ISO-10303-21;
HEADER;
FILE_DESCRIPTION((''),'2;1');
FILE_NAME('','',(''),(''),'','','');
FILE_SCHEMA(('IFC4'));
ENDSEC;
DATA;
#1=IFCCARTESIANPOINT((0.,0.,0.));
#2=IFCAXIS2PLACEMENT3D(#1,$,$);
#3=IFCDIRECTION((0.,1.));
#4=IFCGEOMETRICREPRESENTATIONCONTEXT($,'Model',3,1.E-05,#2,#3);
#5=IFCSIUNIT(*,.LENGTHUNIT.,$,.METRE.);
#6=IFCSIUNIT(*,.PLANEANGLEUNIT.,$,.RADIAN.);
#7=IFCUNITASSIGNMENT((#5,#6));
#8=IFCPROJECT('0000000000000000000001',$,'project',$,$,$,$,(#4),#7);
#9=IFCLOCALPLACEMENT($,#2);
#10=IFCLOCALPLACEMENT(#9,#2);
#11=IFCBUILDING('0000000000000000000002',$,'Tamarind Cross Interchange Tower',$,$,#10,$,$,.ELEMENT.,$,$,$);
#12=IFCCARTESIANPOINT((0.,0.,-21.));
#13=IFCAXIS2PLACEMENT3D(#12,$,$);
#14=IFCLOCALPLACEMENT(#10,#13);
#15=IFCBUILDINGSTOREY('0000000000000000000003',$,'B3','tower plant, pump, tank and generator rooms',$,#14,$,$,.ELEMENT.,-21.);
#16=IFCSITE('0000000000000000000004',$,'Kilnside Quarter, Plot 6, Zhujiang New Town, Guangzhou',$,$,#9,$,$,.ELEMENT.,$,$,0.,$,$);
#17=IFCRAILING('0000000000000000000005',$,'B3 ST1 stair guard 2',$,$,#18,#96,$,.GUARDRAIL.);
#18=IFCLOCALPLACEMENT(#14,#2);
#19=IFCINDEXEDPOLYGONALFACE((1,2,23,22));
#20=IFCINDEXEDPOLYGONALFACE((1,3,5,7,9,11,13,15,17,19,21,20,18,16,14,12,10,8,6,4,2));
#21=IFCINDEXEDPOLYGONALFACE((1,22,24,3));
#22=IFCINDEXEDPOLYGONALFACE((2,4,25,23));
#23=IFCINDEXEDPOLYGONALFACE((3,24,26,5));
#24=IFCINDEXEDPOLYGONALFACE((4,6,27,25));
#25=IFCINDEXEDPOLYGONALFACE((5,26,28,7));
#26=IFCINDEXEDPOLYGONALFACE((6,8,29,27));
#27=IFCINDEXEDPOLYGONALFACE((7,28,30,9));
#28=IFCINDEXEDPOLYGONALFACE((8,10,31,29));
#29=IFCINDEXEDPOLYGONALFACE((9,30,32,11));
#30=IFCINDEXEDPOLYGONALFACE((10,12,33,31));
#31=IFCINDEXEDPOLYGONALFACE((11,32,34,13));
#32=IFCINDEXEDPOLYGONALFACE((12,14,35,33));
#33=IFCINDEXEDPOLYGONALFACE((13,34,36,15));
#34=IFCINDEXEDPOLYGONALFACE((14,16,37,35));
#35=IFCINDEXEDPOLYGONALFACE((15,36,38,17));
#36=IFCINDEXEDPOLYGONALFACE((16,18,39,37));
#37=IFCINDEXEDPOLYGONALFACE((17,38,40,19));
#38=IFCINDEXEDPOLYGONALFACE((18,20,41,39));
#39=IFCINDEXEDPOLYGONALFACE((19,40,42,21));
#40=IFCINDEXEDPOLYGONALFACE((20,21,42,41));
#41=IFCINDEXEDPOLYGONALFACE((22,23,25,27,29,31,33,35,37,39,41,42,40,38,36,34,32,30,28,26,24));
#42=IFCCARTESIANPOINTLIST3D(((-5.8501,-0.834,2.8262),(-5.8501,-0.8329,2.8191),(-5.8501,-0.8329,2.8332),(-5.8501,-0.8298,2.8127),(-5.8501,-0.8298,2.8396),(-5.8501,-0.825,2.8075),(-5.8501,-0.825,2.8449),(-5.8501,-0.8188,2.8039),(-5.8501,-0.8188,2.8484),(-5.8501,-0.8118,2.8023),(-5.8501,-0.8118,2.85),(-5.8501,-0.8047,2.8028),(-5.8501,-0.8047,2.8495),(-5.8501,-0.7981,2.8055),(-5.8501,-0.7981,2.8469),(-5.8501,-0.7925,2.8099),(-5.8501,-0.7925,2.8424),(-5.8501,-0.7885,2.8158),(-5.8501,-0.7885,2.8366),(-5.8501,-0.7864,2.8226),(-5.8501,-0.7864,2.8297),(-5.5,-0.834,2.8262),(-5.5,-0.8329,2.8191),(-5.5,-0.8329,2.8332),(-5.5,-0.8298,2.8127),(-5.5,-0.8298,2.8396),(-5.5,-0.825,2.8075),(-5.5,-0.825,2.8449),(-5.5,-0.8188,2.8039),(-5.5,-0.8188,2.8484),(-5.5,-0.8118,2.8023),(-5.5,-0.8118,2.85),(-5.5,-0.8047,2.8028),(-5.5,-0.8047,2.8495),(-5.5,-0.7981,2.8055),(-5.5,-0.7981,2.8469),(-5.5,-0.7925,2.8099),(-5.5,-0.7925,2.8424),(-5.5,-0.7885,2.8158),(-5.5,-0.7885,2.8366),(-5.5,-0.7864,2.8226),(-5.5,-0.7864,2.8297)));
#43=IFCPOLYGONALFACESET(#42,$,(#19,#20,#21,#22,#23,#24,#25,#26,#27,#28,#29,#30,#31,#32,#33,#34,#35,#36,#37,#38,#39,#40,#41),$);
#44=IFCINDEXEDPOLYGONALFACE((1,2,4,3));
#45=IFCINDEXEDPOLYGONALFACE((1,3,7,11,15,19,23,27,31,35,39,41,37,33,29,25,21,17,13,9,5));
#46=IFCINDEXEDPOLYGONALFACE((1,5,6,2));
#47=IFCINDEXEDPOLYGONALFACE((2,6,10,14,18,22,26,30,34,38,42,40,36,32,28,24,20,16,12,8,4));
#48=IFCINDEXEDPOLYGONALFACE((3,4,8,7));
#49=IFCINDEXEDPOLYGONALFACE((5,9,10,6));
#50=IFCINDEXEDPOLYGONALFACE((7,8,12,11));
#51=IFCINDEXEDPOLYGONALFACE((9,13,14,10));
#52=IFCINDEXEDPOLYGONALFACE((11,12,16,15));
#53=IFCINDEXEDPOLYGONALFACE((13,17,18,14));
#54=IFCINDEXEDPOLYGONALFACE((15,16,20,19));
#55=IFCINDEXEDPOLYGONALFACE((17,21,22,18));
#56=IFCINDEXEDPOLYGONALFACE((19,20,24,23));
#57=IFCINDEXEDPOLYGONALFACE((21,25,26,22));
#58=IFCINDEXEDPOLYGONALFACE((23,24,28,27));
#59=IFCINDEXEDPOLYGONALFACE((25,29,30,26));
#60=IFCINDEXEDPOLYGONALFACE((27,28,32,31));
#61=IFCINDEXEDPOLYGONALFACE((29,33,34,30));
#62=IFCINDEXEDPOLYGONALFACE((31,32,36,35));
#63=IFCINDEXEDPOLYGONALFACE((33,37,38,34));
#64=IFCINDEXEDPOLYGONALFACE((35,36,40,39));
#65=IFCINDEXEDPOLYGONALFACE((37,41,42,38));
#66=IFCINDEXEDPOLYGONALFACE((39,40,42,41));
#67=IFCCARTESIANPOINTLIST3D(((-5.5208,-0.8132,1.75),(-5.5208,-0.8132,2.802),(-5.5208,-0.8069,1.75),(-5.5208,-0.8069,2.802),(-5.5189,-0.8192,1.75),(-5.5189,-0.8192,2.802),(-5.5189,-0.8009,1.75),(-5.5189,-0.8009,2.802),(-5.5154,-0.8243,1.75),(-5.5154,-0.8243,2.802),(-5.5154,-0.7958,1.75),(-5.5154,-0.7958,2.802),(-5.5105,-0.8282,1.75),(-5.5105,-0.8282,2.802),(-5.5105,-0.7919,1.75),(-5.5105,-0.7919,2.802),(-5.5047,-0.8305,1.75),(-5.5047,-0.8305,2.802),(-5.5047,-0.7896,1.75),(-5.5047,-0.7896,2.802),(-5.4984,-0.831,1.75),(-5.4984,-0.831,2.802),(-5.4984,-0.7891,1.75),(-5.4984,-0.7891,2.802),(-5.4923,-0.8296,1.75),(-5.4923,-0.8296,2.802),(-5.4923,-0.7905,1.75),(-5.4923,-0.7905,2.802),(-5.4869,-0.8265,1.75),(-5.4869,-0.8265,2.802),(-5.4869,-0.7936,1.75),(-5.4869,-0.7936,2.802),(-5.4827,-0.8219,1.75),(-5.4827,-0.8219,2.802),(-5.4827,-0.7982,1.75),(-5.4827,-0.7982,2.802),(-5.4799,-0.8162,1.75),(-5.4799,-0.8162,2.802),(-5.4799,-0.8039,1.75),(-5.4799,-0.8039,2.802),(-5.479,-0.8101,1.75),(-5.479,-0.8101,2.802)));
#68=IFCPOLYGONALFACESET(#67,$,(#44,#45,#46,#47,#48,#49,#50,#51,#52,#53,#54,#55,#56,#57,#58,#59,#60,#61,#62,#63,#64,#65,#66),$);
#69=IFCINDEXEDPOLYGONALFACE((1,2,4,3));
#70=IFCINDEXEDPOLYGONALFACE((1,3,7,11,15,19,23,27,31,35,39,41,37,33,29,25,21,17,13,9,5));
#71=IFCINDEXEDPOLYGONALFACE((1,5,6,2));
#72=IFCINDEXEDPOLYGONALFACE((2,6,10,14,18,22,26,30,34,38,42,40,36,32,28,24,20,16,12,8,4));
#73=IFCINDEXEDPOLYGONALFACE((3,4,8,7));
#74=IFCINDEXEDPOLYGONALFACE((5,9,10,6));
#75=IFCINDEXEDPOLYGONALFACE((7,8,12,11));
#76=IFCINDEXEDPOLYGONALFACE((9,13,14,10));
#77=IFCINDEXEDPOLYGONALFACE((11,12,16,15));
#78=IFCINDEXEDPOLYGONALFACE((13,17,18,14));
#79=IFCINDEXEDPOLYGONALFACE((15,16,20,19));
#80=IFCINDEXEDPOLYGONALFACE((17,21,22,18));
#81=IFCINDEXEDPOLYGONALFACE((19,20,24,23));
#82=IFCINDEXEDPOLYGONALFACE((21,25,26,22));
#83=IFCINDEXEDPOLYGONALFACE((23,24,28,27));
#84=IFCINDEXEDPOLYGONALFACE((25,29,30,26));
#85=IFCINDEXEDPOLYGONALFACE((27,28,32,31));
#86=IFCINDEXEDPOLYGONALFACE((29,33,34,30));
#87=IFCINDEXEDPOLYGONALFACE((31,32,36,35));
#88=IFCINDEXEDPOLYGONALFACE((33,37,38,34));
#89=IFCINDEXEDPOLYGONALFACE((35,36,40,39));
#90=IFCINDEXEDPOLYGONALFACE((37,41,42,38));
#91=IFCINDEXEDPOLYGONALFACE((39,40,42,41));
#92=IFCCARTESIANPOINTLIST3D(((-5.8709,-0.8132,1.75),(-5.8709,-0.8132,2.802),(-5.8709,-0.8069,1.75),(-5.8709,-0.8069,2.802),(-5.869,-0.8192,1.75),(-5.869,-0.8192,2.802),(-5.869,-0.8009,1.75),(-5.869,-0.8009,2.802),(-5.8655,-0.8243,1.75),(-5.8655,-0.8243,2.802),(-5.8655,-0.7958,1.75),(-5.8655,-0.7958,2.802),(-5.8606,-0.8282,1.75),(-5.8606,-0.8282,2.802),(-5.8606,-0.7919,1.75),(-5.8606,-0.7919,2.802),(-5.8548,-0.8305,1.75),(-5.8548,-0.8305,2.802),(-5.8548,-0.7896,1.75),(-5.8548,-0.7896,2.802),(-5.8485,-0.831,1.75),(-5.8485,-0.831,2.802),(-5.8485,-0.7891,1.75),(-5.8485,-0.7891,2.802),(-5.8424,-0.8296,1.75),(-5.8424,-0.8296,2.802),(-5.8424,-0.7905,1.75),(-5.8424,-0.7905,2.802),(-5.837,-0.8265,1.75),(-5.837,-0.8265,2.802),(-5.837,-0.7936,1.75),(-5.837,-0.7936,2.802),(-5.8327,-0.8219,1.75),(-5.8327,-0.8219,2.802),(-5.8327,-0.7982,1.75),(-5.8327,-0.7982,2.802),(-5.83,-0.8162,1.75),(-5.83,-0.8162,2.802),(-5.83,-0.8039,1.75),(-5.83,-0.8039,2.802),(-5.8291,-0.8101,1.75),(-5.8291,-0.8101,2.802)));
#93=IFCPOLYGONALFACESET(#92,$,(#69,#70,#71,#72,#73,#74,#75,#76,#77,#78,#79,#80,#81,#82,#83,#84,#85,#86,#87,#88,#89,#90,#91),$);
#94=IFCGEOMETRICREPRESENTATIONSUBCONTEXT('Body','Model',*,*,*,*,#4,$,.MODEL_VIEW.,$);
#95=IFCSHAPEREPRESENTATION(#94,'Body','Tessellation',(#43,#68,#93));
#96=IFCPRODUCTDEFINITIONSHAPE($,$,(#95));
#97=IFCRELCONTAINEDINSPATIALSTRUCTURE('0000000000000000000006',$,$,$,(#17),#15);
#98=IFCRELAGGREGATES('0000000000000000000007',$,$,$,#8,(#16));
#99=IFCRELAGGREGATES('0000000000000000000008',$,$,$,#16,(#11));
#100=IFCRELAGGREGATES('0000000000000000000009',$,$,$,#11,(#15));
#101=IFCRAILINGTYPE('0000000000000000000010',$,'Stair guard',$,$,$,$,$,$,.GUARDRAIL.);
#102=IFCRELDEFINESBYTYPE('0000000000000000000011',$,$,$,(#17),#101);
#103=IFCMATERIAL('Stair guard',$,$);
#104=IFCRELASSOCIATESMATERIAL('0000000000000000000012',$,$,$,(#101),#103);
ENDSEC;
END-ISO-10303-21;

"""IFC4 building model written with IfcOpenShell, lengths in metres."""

from ifc_helpers import new_model, si_unit, direction, frame, origin, origin_2d, place, context, subcontext, project, spatial, circle, extrude, material, type_object, element, save


model = new_model("IFC4")

# Units and contexts
model_context = context("Model", 3, precision=1e-05, world=origin(), true_north=direction((0.0, 1.0)))
body_context = subcontext(model_context, "Body", "Model", "MODEL_VIEW")
ifc_project = project(units=[si_unit("LENGTHUNIT", "METRE"), si_unit("PLANEANGLEUNIT", "RADIAN")], contexts=[model_context])

# Site, building, storey
site_placement = place(None, origin())
site = spatial("IfcSite", under=ifc_project, at=site_placement, Name="Kilnside Quarter, Plot 6, Zhujiang New Town, Guangzhou", CompositionType="ELEMENT", RefElevation=0.0)
building_placement = place(site_placement, origin())
building = spatial("IfcBuilding", under=site, at=building_placement, Name="Tamarind Cross Interchange Tower", CompositionType="ELEMENT")
storey_placement = place(building_placement, frame((0.0, 0.0, -21.0)))
storey = spatial("IfcBuildingStorey", under=building, at=storey_placement, Name="B3", Description="tower plant, pump, tank and generator rooms", CompositionType="ELEMENT", Elevation=-21.0)

# Railing
ifc_material_1 = material(Name="Stair guard")
railing_type_1 = type_object("IfcRailingType", Name="Stair guard", PredefinedType="GUARDRAIL", material=ifc_material_1)
railing_1_placement = place(storey_placement, frame((-5.5, -0.8101, 1.75)))
element("IfcRailing", 1, at=railing_1_placement, inside=storey, type_object=railing_type_1, Name="B3 ST1 stair guard 2", PredefinedType="GUARDRAIL", context=body_context, shape_type="SweptSolid", body=[
    extrude(circle(Radius=0.0239, at=origin_2d()), frame((0.0, 0.0, 1.0762), z_axis=(-1.0, 0.0, 0.0), x_axis=(0.0, -1.0, 0.0)), (0.0, 0.0, 1.0), 0.3501),
    extrude(circle(Radius=0.021, at=origin_2d()), origin(), (0.0, 0.0, 1.0), 1.052),
    extrude(circle(Radius=0.021, at=origin_2d()), frame((-0.3501, 0.0, 0.0)), (0.0, 0.0, 1.0), 1.052),
])

save(model, "model.ifc")
